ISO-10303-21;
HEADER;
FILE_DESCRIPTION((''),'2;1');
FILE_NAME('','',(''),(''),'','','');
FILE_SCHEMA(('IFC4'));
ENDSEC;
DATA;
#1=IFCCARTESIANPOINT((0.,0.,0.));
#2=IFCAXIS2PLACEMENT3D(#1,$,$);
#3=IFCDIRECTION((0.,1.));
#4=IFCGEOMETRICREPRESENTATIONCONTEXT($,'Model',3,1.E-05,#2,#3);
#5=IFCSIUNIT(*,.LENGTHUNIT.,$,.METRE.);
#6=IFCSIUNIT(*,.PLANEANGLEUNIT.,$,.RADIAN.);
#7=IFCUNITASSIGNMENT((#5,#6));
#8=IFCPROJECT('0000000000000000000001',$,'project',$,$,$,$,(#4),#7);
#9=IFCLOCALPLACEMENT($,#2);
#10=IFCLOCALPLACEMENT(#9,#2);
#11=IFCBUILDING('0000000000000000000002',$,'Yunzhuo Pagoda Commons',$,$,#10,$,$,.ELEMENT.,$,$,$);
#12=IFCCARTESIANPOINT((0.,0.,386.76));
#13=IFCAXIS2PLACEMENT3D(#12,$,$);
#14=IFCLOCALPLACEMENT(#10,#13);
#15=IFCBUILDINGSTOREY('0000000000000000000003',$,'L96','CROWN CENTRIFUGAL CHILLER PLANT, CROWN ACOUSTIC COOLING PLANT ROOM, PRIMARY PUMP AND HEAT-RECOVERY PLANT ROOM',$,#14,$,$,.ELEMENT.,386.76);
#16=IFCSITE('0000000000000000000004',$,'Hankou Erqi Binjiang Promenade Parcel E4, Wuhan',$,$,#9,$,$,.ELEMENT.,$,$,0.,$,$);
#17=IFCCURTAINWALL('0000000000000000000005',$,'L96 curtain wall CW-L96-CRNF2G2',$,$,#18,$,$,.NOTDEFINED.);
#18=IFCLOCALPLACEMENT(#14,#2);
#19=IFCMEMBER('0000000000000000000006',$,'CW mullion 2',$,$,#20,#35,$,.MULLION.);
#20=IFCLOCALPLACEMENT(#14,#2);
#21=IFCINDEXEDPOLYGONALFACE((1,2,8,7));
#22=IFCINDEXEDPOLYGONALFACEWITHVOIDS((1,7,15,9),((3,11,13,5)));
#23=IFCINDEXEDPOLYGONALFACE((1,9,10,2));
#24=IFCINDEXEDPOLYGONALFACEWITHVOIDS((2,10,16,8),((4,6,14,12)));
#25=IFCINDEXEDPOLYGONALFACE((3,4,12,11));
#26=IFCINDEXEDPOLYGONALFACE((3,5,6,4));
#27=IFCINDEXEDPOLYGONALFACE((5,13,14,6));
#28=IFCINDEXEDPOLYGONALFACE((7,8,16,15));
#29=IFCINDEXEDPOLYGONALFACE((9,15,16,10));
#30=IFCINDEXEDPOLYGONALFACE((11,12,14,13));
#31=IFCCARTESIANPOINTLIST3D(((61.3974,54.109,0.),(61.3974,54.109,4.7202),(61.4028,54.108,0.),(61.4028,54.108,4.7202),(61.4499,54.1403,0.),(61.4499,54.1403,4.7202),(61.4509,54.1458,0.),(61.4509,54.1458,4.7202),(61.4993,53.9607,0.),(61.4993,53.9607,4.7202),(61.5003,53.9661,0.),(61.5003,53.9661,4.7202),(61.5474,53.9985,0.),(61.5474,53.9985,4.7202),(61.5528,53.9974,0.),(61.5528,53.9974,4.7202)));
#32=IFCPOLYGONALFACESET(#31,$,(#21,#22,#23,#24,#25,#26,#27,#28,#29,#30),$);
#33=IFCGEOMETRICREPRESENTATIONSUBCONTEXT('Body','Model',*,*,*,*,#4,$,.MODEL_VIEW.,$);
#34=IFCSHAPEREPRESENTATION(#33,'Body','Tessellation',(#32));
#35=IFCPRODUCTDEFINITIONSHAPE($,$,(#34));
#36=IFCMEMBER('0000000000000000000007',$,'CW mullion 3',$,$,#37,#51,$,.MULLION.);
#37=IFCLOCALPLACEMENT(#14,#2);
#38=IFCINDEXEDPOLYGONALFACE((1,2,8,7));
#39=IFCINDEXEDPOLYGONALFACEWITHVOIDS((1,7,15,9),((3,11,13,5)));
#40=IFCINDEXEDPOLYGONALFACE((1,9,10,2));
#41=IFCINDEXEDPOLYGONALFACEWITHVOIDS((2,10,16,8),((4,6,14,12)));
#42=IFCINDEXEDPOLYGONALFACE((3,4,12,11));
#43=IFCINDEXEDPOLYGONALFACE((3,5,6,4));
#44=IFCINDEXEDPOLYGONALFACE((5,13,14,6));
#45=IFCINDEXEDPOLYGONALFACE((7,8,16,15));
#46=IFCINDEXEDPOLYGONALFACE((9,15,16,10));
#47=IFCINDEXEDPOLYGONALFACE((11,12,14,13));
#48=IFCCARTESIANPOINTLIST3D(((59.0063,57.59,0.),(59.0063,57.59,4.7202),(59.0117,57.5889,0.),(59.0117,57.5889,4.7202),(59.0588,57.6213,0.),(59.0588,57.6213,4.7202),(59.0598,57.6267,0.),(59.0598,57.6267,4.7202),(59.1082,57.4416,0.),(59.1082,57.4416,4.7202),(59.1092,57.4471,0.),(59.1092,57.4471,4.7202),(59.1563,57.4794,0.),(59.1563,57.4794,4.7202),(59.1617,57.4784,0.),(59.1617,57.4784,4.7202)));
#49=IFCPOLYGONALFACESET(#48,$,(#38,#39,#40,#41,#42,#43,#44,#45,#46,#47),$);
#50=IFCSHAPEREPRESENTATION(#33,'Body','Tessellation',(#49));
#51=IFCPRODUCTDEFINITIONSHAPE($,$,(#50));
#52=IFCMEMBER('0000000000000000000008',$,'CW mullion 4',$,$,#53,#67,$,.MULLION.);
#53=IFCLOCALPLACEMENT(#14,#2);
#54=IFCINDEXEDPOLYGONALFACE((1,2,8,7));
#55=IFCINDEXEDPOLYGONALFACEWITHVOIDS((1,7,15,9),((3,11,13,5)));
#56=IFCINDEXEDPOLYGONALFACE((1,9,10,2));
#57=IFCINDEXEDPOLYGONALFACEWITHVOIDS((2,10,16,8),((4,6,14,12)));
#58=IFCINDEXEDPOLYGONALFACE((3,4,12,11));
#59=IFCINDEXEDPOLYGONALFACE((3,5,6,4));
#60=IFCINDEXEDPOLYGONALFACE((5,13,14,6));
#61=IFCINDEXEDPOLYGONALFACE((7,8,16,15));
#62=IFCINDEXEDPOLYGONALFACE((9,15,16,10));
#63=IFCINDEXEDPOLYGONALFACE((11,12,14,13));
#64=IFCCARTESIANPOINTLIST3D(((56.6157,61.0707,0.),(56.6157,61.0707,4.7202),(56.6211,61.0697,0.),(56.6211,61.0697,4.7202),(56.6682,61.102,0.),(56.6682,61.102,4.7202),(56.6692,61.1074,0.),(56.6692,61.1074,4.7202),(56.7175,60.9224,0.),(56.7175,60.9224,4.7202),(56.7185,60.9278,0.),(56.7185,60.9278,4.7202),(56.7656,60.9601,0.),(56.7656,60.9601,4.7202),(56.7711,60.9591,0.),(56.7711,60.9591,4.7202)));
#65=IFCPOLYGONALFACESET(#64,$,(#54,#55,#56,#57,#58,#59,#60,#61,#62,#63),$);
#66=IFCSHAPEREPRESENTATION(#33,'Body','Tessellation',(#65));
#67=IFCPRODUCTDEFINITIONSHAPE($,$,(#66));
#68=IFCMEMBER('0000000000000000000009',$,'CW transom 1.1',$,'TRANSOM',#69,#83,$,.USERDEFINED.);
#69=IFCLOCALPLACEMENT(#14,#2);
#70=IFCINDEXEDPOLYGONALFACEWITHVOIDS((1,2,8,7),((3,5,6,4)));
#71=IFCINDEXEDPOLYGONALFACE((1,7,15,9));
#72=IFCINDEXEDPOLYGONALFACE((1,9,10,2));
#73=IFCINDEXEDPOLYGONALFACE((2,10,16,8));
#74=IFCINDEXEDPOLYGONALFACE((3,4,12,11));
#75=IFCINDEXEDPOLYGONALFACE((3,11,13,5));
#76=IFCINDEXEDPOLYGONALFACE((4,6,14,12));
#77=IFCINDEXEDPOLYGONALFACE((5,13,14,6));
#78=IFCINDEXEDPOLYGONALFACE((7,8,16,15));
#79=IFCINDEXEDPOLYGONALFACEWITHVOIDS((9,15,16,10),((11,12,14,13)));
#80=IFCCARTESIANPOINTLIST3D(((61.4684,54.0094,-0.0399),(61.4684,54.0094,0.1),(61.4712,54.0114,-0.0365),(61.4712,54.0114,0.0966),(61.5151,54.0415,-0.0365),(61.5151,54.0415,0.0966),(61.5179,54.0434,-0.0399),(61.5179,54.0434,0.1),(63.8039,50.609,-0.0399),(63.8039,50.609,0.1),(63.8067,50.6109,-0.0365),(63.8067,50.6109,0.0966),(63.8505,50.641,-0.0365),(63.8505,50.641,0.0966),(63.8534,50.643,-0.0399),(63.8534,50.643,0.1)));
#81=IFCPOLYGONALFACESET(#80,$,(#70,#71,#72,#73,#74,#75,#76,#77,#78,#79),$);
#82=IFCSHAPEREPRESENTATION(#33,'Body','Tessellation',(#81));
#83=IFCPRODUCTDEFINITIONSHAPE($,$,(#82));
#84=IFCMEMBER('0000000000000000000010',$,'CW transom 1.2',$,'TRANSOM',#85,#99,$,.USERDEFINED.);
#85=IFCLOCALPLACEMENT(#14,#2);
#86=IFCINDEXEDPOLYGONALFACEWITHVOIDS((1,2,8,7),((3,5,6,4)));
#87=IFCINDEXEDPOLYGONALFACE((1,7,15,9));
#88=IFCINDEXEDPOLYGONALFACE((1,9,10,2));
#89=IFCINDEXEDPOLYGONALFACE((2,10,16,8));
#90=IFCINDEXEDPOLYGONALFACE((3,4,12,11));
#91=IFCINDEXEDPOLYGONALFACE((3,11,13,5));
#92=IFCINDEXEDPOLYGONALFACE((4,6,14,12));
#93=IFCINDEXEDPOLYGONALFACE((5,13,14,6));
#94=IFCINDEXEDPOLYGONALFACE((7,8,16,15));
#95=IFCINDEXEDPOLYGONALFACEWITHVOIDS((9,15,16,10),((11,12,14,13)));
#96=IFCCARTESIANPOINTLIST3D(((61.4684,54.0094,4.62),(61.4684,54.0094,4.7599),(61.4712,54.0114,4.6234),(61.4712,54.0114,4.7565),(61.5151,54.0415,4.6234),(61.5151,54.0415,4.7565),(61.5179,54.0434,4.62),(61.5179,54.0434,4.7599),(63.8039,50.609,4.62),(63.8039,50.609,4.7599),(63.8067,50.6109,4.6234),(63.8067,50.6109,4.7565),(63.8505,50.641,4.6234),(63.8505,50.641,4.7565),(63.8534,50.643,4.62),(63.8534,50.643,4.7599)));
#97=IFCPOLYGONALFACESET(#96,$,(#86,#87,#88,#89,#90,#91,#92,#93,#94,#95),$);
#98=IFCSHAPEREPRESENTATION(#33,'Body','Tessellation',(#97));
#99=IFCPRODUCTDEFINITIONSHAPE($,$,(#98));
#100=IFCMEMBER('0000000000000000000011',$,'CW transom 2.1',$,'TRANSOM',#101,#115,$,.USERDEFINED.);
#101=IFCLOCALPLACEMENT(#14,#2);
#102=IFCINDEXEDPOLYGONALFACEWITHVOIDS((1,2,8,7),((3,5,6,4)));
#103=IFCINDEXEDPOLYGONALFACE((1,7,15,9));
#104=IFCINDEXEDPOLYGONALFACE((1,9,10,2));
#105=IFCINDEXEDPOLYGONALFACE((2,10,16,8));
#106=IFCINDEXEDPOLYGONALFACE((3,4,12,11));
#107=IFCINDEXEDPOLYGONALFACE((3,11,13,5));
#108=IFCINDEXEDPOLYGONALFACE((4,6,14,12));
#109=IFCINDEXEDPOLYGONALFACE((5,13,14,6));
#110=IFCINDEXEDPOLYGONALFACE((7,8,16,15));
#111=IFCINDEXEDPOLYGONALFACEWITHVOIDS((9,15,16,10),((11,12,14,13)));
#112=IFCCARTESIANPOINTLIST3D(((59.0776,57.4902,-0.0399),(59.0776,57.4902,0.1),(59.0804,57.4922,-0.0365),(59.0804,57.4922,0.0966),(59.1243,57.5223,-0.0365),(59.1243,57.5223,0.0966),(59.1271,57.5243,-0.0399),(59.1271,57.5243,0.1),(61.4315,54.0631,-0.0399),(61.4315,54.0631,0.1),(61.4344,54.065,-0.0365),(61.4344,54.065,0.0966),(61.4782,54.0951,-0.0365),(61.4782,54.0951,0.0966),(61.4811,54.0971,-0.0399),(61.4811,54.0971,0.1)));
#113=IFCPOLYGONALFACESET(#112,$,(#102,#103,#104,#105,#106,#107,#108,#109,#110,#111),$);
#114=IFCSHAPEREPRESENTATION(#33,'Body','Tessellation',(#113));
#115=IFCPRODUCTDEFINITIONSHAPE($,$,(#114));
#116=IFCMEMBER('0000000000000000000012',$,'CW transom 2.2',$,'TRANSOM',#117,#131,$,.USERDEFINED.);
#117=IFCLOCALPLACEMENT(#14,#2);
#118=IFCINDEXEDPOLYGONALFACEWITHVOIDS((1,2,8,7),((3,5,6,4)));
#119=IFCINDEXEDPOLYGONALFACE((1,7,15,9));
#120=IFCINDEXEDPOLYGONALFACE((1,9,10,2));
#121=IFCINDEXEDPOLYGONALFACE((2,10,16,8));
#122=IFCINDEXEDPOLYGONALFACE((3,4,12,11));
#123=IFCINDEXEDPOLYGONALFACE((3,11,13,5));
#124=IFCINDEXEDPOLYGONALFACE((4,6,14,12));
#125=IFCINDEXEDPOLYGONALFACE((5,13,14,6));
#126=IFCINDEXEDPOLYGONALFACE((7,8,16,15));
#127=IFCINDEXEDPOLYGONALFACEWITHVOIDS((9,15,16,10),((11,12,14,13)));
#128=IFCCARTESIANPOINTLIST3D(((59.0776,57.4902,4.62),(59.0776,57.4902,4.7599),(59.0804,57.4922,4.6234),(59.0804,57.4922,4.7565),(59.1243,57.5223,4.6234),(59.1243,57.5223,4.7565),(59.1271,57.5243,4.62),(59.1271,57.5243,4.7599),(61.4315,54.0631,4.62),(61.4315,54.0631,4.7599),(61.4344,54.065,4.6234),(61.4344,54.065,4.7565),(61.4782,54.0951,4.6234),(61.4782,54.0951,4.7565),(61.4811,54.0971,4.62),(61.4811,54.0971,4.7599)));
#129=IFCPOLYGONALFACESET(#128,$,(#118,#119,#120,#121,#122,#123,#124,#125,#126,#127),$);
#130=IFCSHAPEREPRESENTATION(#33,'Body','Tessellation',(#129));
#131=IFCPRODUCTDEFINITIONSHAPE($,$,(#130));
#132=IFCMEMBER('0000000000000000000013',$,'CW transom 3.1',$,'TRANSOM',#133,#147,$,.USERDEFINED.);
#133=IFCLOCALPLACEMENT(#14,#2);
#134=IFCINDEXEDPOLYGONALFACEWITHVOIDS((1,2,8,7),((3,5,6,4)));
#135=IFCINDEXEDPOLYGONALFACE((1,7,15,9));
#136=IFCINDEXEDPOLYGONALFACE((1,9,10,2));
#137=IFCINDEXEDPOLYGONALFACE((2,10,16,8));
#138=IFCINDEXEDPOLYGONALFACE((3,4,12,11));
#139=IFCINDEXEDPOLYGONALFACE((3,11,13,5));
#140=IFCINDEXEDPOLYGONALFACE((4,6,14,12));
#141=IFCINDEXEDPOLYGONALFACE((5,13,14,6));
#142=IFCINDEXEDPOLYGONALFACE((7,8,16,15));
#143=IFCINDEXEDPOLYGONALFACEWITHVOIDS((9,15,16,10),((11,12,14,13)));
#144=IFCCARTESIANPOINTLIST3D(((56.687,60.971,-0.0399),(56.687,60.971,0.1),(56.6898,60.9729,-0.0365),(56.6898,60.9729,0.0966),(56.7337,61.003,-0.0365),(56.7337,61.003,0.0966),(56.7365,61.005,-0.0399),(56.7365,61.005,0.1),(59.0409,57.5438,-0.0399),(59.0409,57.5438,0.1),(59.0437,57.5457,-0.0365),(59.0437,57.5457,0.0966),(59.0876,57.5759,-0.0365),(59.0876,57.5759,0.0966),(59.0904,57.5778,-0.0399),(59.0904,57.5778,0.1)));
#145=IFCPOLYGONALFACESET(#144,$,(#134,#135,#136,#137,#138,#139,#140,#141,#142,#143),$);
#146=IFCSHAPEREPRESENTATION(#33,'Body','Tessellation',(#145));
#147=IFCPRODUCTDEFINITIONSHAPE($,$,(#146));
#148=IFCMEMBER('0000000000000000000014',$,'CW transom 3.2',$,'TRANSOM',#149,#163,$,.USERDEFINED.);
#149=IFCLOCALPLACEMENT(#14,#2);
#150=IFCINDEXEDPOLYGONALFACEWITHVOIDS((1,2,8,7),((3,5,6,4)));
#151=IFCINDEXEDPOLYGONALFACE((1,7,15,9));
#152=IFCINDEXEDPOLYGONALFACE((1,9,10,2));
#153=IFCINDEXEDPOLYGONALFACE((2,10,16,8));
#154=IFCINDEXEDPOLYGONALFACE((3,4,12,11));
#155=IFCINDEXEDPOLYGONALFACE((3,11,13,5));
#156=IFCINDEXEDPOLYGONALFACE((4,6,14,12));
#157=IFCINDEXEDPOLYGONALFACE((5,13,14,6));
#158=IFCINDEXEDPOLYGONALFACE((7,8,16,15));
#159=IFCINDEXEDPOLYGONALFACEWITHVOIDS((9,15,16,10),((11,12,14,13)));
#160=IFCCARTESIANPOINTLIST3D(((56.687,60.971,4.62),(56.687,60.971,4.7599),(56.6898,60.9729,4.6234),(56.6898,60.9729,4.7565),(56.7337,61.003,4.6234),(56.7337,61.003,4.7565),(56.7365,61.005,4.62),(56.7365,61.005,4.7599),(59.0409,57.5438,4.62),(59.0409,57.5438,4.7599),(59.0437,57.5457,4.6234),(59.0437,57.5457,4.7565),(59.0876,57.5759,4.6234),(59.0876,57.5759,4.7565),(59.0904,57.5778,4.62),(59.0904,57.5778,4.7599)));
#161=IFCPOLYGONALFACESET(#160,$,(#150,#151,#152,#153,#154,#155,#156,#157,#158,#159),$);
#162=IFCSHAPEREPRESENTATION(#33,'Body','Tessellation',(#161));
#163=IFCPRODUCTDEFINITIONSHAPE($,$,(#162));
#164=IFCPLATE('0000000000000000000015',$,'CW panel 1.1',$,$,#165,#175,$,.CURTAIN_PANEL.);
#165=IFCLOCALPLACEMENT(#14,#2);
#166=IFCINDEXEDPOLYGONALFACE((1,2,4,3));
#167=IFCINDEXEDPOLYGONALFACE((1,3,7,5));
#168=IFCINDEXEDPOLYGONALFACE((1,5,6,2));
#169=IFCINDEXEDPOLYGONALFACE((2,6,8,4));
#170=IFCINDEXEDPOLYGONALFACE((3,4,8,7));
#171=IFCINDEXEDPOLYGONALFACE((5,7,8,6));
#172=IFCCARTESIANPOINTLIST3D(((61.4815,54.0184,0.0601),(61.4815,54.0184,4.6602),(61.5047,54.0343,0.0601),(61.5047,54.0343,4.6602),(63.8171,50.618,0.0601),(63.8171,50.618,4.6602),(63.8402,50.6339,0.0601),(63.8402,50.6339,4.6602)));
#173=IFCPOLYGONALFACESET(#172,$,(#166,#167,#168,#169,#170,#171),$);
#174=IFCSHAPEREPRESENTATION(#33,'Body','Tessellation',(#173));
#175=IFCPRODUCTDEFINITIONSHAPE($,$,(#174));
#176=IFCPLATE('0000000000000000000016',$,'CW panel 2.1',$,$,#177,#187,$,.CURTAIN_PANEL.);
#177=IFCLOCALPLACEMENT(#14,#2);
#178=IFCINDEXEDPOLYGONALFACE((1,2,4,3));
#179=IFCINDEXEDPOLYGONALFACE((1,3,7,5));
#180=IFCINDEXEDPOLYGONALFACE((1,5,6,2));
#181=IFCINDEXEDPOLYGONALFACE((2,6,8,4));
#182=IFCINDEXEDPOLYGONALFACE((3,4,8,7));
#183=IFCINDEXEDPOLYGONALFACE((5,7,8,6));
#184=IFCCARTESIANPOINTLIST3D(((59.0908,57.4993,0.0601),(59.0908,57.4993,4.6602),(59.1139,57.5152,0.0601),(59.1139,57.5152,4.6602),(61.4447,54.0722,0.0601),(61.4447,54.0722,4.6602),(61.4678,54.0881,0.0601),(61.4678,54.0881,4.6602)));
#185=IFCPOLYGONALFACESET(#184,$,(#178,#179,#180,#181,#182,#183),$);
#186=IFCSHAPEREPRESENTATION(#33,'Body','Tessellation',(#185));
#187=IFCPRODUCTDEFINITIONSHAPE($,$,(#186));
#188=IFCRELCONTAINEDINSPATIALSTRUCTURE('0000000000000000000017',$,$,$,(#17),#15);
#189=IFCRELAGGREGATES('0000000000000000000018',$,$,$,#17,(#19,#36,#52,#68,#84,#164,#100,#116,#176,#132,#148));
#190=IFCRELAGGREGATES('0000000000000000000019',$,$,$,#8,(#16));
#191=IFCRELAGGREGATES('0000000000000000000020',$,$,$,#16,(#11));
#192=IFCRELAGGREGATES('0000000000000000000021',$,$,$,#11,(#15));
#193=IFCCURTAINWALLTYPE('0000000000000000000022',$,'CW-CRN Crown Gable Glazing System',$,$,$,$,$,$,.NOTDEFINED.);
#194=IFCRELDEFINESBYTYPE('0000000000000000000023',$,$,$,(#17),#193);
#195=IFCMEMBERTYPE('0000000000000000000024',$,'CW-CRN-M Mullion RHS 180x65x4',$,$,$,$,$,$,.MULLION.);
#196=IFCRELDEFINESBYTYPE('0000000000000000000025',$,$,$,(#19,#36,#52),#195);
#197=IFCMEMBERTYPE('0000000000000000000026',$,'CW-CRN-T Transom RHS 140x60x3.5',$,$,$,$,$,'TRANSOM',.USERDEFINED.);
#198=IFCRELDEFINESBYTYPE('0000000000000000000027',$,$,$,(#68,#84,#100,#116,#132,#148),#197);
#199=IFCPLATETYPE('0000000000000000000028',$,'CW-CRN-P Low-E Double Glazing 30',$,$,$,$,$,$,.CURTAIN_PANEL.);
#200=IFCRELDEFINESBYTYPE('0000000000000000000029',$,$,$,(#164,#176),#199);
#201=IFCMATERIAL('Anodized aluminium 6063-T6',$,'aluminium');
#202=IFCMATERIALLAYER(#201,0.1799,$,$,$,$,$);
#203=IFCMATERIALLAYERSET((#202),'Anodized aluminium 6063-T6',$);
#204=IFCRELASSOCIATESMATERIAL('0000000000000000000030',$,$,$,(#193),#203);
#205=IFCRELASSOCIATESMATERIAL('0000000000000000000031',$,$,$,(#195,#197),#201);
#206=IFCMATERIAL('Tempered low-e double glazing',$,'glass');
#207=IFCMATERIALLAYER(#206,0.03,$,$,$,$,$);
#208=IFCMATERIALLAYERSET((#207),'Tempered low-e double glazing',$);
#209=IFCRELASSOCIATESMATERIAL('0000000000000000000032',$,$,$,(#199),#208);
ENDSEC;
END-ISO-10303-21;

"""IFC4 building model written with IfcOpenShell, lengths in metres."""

from ifc_helpers import new_model, si_unit, direction, frame, origin, origin_2d, place, context, subcontext, project, spatial, rectangle, hollow_rectangle, extrude, source, transform, mapped, material, layer, layer_set, material_profile, profile_set, type_object, element, aggregate, save


model = new_model("IFC4")

# Units and contexts
model_context = context("Model", 3, precision=1e-05, world=origin(), true_north=direction((0.0, 1.0)))
body_context = subcontext(model_context, "Body", "Model", "MODEL_VIEW")
ifc_project = project(units=[si_unit("LENGTHUNIT", "METRE"), si_unit("PLANEANGLEUNIT", "RADIAN")], contexts=[model_context])

# Site, building, storey
site_placement = place(None, origin())
site = spatial("IfcSite", under=ifc_project, at=site_placement, Name="Hankou Erqi Binjiang Promenade Parcel E4, Wuhan", CompositionType="ELEMENT", RefElevation=0.0)
building_placement = place(site_placement, origin())
building = spatial("IfcBuilding", under=site, at=building_placement, Name="Yunzhuo Pagoda Commons", CompositionType="ELEMENT")
storey_placement = place(building_placement, frame((0.0, 0.0, 386.76)))
storey = spatial("IfcBuildingStorey", under=building, at=storey_placement, Name="L96", Description="CROWN CENTRIFUGAL CHILLER PLANT, CROWN ACOUSTIC COOLING PLANT ROOM, PRIMARY PUMP AND HEAT-RECOVERY PLANT ROOM", CompositionType="ELEMENT", Elevation=386.76)

# Shared definitions
ifc_material_1 = material(Name="Anodized aluminium 6063-T6", Category="aluminium")
ifc_layer_1 = layer(ifc_material_1, 0.1799)
ifc_layer_set_1 = layer_set([ifc_layer_1], Name="Anodized aluminium 6063-T6")
curtain_wall_type = type_object("IfcCurtainWallType", Name="CW-CRN Crown Gable Glazing System", PredefinedType="NOTDEFINED", material=ifc_layer_set_1)
ifc_material_profile_1 = material_profile(ifc_material_1, hollow_rectangle(XDim=0.0649, YDim=0.1799, WallThickness=0.0039, at=origin_2d()), Name="Anodized aluminium 6063-T6")
ifc_profile_set_1 = profile_set([ifc_material_profile_1], Name="Anodized aluminium 6063-T6")
member_type_1 = type_object("IfcMemberType", Name="CW-CRN-M Mullion RHS 180x65x4", PredefinedType="MULLION", material=ifc_profile_set_1)
shared_shape_1 = source(origin(), body_context, "Body", "SweptSolid", [
    extrude(hollow_rectangle(XDim=0.0649, YDim=0.1799, WallThickness=0.0039, at=origin_2d()), origin(), (0.0, 0.0, 1.0), 4.7202),
])

# Curtain wall, members, plates
curtain_wall_1_placement = place(storey_placement, origin())
curtain_wall_1 = element("IfcCurtainWall", 1, at=curtain_wall_1_placement, inside=storey, type_object=curtain_wall_type, Name="L96 curtain wall CW-L96-CRNF2G2", PredefinedType="NOTDEFINED")
member_1_placement = place(storey_placement, frame((61.4751, 54.0532, 0.0), z_axis=(0.0, 0.0, 1.0), x_axis=(-0.824296, -0.566159, 0.0)))
member_1 = element("IfcMember", 2, at=member_1_placement, type_object=member_type_1, Name="CW mullion 2", PredefinedType="MULLION", context=body_context, shape_type="MappedRepresentation", body=[
    mapped(shared_shape_1, transform((0.0, 0.0, 0.0), scale=1.0)),
])
member_2_placement = place(storey_placement, frame((59.084, 57.5342, 0.0), z_axis=(0.0, 0.0, 1.0), x_axis=(-0.824296, -0.566159, 0.0)))
member_2 = element("IfcMember", 3, at=member_2_placement, type_object=member_type_1, Name="CW mullion 3", PredefinedType="MULLION", context=body_context, shape_type="MappedRepresentation", body=[
    mapped(shared_shape_1, transform((0.0, 0.0, 0.0), scale=1.0)),
])
member_3_placement = place(storey_placement, frame((56.6934, 61.0149, 0.0), z_axis=(0.0, 0.0, 1.0), x_axis=(-0.824296, -0.566159, 0.0)))
member_3 = element("IfcMember", 4, at=member_3_placement, type_object=member_type_1, Name="CW mullion 4", PredefinedType="MULLION", context=body_context, shape_type="MappedRepresentation", body=[
    mapped(shared_shape_1, transform((0.0, 0.0, 0.0), scale=1.0)),
])
ifc_material_profile_2 = material_profile(ifc_material_1, hollow_rectangle(XDim=0.0601, YDim=0.1399, WallThickness=0.0034, at=origin_2d()), Name="Anodized aluminium 6063-T6")
ifc_profile_set_2 = profile_set([ifc_material_profile_2], Name="Anodized aluminium 6063-T6")
member_type_2 = type_object("IfcMemberType", Name="CW-CRN-T Transom RHS 140x60x3.5", ElementType="TRANSOM", PredefinedType="USERDEFINED", material=ifc_profile_set_2)
shared_shape_2 = source(origin(), body_context, "Body", "SweptSolid", [
    extrude(hollow_rectangle(XDim=0.0601, YDim=0.1399, WallThickness=0.0034, at=origin_2d()), origin(), (0.0, 0.0, 1.0), 4.1252),
])
member_4_placement = place(storey_placement, frame((63.8286, 50.626, 0.03), z_axis=(-0.566147, 0.824304, 0.0), x_axis=(-0.824304, -0.566147, 0.0)))
member_4 = element("IfcMember", 5, at=member_4_placement, type_object=member_type_2, Name="CW transom 1.1", ObjectType="TRANSOM", PredefinedType="USERDEFINED", context=body_context, shape_type="MappedRepresentation", body=[
    mapped(shared_shape_2, transform((0.0, 0.0, 0.0), scale=1.0)),
])
member_5_placement = place(storey_placement, frame((63.8286, 50.626, 4.6899), z_axis=(-0.566147, 0.824304, 0.0), x_axis=(-0.824304, -0.566147, 0.0)))
member_5 = element("IfcMember", 6, at=member_5_placement, type_object=member_type_2, Name="CW transom 1.2", ObjectType="TRANSOM", PredefinedType="USERDEFINED", context=body_context, shape_type="MappedRepresentation", body=[
    mapped(shared_shape_2, transform((0.0, 0.0, 0.0), scale=1.0)),
])
shared_shape_3 = source(origin(), body_context, "Body", "SweptSolid", [
    extrude(hollow_rectangle(XDim=0.0601, YDim=0.1399, WallThickness=0.0034, at=origin_2d()), origin(), (0.0, 0.0, 1.0), 4.1577),
])
member_6_placement = place(storey_placement, frame((61.4563, 54.0801, 0.03), z_axis=(-0.566165, 0.824292, 0.0), x_axis=(-0.824292, -0.566165, 0.0)))
member_6 = element("IfcMember", 7, at=member_6_placement, type_object=member_type_2, Name="CW transom 2.1", ObjectType="TRANSOM", PredefinedType="USERDEFINED", context=body_context, shape_type="MappedRepresentation", body=[
    mapped(shared_shape_3, transform((0.0, 0.0, 0.0), scale=1.0)),
])
member_7_placement = place(storey_placement, frame((61.4563, 54.0801, 4.6899), z_axis=(-0.566165, 0.824292, 0.0), x_axis=(-0.824292, -0.566165, 0.0)))
member_7 = element("IfcMember", 8, at=member_7_placement, type_object=member_type_2, Name="CW transom 2.2", ObjectType="TRANSOM", PredefinedType="USERDEFINED", context=body_context, shape_type="MappedRepresentation", body=[
    mapped(shared_shape_3, transform((0.0, 0.0, 0.0), scale=1.0)),
])
member_8_placement = place(storey_placement, frame((59.0657, 57.5608, 0.03), z_axis=(-0.566165, 0.824292, 0.0), x_axis=(-0.824292, -0.566165, 0.0)))
member_8 = element("IfcMember", 9, at=member_8_placement, type_object=member_type_2, Name="CW transom 3.1", ObjectType="TRANSOM", PredefinedType="USERDEFINED", context=body_context, shape_type="MappedRepresentation", body=[
    mapped(shared_shape_3, transform((0.0, 0.0, 0.0), scale=1.0)),
])
member_9_placement = place(storey_placement, frame((59.0657, 57.5608, 4.6899), z_axis=(-0.566165, 0.824292, 0.0), x_axis=(-0.824292, -0.566165, 0.0)))
member_9 = element("IfcMember", 10, at=member_9_placement, type_object=member_type_2, Name="CW transom 3.2", ObjectType="TRANSOM", PredefinedType="USERDEFINED", context=body_context, shape_type="MappedRepresentation", body=[
    mapped(shared_shape_3, transform((0.0, 0.0, 0.0), scale=1.0)),
])
ifc_material_2 = material(Name="Tempered low-e double glazing", Category="glass")
ifc_layer_2 = layer(ifc_material_2, 0.03)
ifc_layer_set_2 = layer_set([ifc_layer_2], Name="Tempered low-e double glazing")
plate_type = type_object("IfcPlateType", Name="CW-CRN-P Low-E Double Glazing 30", PredefinedType="CURTAIN_PANEL", material=ifc_layer_set_2)
shared_shape_4 = source(origin(), body_context, "Body", "SweptSolid", [
    extrude(rectangle(XDim=4.1252, YDim=0.0281, at=origin_2d()), origin(), (0.0, 0.0, 1.0), 4.6001),
])
plate_1_placement = place(storey_placement, frame((62.6609, 52.3262, 0.0601), z_axis=(0.0, 0.0, 1.0), x_axis=(-0.566159, 0.824296, 0.0)))
plate_1 = element("IfcPlate", 11, at=plate_1_placement, type_object=plate_type, Name="CW panel 1.1", PredefinedType="CURTAIN_PANEL", context=body_context, shape_type="MappedRepresentation", body=[
    mapped(shared_shape_4, transform((0.0, 0.0, 0.0), scale=1.0)),
])
shared_shape_5 = source(origin(), body_context, "Body", "SweptSolid", [
    extrude(rectangle(XDim=4.1577, YDim=0.0281, at=origin_2d()), origin(), (0.0, 0.0, 1.0), 4.6001),
])
plate_2_placement = place(storey_placement, frame((60.2793, 55.7937, 0.0601), z_axis=(0.0, 0.0, 1.0), x_axis=(-0.566159, 0.824296, 0.0)))
plate_2 = element("IfcPlate", 12, at=plate_2_placement, type_object=plate_type, Name="CW panel 2.1", PredefinedType="CURTAIN_PANEL", context=body_context, shape_type="MappedRepresentation", body=[
    mapped(shared_shape_5, transform((0.0, 0.0, 0.0), scale=1.0)),
])
aggregate(curtain_wall_1, [member_1, member_2, member_3, member_4, member_5, plate_1, member_6, member_7, plate_2, member_8, member_9])

save(model, "model.ifc")
